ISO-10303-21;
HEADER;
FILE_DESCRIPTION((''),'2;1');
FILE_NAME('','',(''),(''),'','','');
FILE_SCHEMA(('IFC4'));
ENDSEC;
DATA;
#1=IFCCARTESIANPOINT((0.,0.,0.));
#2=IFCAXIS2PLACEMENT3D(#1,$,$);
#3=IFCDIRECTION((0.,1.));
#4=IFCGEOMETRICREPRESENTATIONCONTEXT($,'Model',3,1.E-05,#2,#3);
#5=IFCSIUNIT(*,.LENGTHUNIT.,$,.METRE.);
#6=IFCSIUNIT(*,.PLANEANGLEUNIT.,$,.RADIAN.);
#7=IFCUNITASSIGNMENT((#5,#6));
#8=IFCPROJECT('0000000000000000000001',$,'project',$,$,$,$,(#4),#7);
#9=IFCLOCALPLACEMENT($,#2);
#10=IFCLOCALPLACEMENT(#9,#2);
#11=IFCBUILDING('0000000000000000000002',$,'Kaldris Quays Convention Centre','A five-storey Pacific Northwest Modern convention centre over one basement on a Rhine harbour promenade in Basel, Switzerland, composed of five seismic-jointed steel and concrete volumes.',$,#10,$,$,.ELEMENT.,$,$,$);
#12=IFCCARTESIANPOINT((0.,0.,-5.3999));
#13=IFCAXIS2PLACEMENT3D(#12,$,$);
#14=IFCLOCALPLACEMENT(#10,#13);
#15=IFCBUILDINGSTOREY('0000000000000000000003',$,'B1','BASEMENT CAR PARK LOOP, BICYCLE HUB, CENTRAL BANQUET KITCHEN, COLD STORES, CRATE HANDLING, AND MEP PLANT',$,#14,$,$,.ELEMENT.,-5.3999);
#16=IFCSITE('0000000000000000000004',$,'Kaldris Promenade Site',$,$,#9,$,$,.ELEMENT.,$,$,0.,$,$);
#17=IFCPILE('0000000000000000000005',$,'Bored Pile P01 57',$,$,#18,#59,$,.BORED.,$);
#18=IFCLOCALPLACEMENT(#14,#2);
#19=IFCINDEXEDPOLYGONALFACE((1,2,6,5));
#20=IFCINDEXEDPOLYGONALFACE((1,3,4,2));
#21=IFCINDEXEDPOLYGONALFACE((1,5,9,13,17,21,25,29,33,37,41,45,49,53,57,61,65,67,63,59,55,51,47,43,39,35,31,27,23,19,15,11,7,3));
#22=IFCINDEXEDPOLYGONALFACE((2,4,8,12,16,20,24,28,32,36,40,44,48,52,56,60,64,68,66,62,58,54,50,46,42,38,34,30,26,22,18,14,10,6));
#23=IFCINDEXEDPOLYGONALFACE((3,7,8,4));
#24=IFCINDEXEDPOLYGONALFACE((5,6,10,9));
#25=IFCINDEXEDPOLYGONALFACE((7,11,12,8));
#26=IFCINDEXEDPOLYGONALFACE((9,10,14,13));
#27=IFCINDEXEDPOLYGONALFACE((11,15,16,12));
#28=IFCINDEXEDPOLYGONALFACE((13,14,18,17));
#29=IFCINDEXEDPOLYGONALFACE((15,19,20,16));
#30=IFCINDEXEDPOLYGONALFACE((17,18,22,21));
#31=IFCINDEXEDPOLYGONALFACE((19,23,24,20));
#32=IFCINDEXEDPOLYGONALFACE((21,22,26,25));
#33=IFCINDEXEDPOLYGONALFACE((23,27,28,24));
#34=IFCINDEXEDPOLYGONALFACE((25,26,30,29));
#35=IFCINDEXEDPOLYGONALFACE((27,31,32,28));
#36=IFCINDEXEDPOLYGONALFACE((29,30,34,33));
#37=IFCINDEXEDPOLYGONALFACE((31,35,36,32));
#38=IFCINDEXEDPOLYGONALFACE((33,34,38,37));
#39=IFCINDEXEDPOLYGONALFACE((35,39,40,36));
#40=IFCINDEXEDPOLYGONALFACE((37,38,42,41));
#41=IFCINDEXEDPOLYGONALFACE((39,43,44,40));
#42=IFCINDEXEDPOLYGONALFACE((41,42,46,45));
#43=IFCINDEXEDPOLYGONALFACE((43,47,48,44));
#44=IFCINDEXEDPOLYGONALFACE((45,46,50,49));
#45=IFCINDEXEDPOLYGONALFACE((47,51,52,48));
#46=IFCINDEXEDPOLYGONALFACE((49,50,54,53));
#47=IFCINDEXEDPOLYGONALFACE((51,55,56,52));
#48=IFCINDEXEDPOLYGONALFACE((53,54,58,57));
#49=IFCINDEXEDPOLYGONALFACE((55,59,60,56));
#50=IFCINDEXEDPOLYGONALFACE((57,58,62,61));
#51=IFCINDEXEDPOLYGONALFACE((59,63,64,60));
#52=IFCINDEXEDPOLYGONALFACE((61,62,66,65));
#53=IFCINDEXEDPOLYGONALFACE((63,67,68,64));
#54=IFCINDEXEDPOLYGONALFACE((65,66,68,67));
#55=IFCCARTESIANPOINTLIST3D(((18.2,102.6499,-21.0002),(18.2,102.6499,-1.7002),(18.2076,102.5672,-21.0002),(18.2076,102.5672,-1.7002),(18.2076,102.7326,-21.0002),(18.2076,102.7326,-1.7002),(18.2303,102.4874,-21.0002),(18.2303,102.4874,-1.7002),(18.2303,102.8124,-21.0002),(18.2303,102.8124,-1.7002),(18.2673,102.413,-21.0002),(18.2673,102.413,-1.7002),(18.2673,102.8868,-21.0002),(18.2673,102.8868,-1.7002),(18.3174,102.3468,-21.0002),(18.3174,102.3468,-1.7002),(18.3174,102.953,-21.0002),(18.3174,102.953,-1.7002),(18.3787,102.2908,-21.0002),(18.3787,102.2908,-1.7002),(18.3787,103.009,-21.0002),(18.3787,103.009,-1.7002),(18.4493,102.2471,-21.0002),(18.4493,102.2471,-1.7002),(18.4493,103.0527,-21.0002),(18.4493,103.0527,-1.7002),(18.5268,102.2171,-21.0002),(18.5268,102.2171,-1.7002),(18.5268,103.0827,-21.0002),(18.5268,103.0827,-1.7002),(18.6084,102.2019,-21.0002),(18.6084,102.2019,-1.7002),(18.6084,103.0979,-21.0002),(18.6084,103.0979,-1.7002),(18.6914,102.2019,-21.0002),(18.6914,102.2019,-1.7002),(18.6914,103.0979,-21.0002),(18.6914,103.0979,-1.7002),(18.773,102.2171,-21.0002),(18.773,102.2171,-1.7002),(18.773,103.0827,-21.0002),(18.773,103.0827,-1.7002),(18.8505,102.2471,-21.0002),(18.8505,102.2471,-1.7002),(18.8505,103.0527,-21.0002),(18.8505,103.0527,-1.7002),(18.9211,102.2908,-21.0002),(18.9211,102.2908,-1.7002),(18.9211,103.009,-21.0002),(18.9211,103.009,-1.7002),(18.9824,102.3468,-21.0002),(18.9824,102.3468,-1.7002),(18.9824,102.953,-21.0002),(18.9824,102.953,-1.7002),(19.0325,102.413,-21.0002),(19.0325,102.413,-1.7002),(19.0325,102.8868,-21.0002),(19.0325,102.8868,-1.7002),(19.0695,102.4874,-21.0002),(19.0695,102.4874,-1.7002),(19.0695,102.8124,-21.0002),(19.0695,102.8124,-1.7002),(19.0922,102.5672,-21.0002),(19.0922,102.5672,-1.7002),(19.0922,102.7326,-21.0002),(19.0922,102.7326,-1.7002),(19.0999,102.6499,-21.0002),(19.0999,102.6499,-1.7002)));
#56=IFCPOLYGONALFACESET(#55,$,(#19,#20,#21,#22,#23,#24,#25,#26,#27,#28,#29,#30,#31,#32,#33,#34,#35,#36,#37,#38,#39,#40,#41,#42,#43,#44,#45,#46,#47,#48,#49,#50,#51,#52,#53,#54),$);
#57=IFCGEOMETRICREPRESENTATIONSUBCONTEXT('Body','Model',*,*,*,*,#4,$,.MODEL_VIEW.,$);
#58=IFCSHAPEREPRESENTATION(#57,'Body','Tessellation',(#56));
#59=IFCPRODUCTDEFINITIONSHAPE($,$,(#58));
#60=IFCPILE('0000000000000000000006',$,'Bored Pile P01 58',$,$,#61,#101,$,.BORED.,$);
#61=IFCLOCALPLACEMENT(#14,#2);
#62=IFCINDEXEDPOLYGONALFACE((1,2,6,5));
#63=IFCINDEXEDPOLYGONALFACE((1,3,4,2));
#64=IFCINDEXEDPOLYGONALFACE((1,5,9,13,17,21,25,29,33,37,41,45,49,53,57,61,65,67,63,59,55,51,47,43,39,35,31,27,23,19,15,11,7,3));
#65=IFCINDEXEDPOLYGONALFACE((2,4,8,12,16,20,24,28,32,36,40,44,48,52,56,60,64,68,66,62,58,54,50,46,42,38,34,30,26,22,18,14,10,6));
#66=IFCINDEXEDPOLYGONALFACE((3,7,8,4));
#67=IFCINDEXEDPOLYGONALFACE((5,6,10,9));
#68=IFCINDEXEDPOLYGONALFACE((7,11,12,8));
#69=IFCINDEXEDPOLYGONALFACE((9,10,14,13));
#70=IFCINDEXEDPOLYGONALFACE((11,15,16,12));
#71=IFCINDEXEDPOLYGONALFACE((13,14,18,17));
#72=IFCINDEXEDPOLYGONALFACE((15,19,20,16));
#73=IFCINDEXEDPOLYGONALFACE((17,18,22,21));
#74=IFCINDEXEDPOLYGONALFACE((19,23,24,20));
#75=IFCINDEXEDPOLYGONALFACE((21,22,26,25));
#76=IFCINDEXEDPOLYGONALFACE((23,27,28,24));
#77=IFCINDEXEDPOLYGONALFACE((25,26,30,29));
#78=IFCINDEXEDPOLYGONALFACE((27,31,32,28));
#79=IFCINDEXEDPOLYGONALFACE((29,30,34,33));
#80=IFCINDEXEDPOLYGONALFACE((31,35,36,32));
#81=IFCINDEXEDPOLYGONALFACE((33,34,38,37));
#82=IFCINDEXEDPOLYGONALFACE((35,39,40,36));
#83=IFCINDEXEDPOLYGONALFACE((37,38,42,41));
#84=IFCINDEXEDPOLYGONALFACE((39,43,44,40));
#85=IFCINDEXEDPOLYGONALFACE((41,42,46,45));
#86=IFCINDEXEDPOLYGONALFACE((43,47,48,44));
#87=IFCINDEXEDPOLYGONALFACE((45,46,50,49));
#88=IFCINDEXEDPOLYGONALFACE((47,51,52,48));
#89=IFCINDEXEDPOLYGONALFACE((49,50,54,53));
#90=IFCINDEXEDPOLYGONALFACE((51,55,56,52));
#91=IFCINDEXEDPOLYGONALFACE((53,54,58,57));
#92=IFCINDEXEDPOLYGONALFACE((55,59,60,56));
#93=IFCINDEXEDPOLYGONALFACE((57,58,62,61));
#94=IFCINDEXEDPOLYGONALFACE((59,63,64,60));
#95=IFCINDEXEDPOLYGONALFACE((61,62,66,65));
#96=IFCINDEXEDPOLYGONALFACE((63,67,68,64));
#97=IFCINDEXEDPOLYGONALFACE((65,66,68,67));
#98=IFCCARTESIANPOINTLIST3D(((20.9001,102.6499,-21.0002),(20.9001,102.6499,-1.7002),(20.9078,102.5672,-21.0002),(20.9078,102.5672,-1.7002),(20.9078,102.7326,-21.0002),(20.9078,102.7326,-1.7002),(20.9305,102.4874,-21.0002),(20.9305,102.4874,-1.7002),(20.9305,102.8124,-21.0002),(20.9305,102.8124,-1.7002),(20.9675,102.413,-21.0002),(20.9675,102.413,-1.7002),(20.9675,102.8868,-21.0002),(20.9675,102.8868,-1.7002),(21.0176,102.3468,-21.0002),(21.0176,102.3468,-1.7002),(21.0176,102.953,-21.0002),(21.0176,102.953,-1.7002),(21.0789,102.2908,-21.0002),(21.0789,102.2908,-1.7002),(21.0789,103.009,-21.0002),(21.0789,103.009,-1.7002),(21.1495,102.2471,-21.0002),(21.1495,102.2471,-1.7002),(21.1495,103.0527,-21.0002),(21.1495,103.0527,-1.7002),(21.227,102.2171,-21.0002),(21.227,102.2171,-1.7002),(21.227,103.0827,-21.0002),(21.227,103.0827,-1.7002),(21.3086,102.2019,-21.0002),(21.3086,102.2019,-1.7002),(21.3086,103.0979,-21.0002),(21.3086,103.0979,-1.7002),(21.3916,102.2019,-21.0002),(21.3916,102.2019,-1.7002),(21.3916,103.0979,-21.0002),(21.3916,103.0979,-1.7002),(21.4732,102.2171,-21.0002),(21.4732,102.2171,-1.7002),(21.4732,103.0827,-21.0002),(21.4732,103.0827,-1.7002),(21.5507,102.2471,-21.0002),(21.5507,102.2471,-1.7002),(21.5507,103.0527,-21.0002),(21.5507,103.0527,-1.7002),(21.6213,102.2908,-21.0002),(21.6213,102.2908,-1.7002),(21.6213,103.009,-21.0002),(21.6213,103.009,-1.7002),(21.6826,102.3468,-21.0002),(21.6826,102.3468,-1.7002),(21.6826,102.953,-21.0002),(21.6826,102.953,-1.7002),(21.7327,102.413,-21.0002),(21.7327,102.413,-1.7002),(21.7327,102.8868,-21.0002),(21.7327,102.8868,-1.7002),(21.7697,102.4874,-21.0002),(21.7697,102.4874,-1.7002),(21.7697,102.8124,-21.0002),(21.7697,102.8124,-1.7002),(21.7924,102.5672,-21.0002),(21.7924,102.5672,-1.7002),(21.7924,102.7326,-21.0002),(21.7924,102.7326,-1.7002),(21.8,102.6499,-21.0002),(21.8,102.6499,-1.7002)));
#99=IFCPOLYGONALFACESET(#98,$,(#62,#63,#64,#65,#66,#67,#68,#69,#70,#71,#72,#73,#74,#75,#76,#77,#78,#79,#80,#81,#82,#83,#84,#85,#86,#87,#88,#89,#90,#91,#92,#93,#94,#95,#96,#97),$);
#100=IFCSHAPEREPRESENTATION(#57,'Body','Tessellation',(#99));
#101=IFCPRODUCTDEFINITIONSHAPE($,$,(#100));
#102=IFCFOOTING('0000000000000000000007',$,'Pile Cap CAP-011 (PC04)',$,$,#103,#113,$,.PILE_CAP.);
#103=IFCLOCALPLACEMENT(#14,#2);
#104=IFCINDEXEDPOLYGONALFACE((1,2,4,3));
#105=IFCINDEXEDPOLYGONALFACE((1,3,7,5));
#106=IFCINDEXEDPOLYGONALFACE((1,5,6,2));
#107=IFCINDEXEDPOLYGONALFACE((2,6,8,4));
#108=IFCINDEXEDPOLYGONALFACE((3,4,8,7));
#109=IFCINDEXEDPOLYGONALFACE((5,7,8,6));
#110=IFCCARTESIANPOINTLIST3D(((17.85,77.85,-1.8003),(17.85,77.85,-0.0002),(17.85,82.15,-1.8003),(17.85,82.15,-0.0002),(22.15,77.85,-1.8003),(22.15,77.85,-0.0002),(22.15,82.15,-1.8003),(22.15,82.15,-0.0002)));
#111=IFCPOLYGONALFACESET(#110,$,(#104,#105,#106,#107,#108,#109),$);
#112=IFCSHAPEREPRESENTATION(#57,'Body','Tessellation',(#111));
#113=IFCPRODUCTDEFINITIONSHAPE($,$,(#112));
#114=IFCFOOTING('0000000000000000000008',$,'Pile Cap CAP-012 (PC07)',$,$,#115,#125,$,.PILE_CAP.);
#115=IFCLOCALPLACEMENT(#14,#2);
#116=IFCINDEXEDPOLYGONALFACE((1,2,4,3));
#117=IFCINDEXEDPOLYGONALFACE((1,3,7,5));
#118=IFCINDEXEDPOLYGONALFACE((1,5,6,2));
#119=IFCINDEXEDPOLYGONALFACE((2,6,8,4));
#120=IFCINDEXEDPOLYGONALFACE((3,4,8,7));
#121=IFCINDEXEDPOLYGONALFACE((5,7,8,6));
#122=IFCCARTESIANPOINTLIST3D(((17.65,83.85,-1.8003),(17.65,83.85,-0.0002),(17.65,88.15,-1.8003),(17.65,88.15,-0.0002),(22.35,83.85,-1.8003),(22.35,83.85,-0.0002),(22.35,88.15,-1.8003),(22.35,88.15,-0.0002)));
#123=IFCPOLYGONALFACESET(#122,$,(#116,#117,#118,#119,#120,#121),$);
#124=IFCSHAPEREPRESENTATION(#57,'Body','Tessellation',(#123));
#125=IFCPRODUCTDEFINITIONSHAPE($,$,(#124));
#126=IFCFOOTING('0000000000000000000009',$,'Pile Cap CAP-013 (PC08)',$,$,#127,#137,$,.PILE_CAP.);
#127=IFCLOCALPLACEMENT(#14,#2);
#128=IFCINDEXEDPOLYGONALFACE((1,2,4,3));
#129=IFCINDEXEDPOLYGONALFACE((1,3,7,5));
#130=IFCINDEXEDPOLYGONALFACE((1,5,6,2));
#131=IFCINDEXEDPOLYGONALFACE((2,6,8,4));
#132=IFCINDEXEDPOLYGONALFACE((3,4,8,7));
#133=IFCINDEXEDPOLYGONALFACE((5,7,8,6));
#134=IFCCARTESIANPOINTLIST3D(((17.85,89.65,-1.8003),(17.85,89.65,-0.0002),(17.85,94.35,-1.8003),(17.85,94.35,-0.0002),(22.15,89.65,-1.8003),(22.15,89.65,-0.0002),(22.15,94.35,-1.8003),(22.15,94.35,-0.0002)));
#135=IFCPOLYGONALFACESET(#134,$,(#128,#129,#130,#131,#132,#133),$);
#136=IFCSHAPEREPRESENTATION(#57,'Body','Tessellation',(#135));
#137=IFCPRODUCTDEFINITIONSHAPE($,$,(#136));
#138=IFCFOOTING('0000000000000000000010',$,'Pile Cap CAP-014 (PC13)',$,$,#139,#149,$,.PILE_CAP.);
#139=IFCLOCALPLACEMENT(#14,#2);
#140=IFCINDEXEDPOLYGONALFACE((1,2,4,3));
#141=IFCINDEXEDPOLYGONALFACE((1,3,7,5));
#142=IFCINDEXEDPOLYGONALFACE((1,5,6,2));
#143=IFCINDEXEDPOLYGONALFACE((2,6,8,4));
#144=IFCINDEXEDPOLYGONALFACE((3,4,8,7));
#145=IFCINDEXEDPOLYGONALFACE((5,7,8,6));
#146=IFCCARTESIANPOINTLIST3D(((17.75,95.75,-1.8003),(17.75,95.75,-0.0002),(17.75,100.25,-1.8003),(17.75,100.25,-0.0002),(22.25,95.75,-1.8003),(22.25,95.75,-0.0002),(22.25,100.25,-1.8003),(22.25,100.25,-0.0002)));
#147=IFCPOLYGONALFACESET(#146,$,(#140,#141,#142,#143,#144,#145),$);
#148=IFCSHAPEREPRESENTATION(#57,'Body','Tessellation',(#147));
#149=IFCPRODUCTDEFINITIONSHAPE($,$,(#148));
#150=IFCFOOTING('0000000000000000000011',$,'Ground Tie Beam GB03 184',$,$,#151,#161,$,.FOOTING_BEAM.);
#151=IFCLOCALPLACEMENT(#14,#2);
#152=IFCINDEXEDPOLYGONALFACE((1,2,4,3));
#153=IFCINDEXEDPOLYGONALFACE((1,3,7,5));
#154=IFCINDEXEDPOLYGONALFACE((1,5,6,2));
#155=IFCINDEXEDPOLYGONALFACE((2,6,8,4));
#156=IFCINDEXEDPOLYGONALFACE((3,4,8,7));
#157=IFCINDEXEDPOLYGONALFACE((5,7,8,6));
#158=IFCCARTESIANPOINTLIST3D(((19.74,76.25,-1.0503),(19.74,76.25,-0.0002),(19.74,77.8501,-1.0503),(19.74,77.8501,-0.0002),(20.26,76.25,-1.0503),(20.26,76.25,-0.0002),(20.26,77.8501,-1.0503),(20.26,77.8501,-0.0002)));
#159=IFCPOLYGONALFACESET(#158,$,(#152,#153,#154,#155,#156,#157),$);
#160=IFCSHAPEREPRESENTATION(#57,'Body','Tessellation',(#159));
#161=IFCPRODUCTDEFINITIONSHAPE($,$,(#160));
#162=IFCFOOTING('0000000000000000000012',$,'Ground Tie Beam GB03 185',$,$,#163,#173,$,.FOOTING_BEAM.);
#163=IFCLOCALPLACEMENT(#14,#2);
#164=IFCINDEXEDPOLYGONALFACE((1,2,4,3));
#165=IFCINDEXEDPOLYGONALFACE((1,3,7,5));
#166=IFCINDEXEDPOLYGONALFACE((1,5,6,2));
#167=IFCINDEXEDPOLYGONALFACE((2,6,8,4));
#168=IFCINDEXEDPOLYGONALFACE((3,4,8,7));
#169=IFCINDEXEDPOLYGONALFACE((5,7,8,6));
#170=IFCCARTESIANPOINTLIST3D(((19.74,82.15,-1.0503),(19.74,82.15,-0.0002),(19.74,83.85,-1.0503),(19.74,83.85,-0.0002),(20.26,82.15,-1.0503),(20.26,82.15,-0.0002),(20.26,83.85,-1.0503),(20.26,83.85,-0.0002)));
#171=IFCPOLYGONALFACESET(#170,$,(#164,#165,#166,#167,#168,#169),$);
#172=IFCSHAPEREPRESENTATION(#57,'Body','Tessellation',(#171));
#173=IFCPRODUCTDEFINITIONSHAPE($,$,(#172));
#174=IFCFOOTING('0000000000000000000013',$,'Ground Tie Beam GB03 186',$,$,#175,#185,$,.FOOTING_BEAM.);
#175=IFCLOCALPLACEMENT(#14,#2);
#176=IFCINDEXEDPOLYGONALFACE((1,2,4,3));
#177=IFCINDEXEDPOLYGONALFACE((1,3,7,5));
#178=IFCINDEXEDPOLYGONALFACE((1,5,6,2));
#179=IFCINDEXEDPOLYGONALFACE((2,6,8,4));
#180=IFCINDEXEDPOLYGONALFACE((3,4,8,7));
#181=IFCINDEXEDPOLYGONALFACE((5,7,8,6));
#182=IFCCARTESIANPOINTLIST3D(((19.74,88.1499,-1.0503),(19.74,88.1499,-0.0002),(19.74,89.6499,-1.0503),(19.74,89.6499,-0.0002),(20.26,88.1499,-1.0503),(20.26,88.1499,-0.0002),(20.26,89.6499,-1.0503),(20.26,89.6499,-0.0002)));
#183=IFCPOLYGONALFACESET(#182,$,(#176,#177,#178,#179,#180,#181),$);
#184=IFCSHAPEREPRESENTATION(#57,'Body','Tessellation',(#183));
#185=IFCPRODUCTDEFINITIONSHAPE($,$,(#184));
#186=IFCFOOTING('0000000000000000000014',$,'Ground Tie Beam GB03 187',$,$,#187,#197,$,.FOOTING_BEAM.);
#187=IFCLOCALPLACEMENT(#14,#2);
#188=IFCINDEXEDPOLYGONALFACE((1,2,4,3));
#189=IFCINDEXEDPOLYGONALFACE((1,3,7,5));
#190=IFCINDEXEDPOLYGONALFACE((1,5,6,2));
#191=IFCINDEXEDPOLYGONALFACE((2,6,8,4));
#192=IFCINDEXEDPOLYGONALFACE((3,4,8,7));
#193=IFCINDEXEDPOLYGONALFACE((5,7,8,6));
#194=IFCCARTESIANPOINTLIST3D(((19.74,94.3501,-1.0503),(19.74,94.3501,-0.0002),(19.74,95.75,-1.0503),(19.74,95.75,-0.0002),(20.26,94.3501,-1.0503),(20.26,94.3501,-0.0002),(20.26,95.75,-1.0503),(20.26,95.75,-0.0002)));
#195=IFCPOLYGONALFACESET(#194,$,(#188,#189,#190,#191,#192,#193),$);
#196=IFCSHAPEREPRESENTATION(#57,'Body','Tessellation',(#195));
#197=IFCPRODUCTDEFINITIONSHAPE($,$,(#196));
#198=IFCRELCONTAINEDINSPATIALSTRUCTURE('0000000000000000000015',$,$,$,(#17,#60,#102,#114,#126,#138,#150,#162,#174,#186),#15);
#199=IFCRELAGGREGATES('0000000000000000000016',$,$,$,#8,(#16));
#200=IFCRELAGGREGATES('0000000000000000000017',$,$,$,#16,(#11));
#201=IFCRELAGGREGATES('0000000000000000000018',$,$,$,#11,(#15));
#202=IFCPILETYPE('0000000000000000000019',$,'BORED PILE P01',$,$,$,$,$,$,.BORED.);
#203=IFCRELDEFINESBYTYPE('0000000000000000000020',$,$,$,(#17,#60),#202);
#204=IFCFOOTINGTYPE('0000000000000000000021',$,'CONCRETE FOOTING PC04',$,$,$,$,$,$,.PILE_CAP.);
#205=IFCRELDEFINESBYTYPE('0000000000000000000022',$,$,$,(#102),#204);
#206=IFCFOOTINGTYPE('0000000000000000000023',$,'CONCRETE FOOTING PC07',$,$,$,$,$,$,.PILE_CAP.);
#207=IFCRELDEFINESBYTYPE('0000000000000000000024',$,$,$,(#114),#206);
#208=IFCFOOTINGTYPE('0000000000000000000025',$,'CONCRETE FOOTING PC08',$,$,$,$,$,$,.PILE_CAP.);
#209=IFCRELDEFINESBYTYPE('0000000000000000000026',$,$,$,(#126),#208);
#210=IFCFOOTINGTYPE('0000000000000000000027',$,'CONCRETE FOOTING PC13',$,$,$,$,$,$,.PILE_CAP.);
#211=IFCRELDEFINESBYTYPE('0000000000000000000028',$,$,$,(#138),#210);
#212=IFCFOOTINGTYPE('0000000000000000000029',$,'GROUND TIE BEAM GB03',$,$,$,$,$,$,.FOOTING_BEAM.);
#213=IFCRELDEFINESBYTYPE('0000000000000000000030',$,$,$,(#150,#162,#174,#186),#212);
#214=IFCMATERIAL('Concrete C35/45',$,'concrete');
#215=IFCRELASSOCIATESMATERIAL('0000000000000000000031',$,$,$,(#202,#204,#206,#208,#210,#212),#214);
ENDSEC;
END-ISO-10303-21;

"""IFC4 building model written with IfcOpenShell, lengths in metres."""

from ifc_helpers import new_model, si_unit, direction, frame, origin, origin_2d, place, context, subcontext, project, spatial, rectangle, circle, extrude, material, material_profile, profile_set, type_object, element, save


model = new_model("IFC4")

# Units and contexts
model_context = context("Model", 3, precision=1e-05, world=origin(), true_north=direction((0.0, 1.0)))
body_context = subcontext(model_context, "Body", "Model", "MODEL_VIEW")
ifc_project = project(units=[si_unit("LENGTHUNIT", "METRE"), si_unit("PLANEANGLEUNIT", "RADIAN")], contexts=[model_context])

# Site, building, storey
site_placement = place(None, origin())
site = spatial("IfcSite", under=ifc_project, at=site_placement, Name="Kaldris Promenade Site", CompositionType="ELEMENT", RefElevation=0.0)
building_placement = place(site_placement, origin())
building = spatial("IfcBuilding", under=site, at=building_placement, Name="Kaldris Quays Convention Centre", Description="A five-storey Pacific Northwest Modern convention centre over one basement on a Rhine harbour promenade in Basel, Switzerland, composed of five seismic-jointed steel and concrete volumes.", CompositionType="ELEMENT")
storey_placement = place(building_placement, frame((0.0, 0.0, -5.3999)))
storey = spatial("IfcBuildingStorey", under=building, at=storey_placement, Name="B1", Description="BASEMENT CAR PARK LOOP, BICYCLE HUB, CENTRAL BANQUET KITCHEN, COLD STORES, CRATE HANDLING, AND MEP PLANT", CompositionType="ELEMENT", Elevation=-5.3999)

# Piles
ifc_material_1 = material(Name="Concrete C35/45", Category="concrete")
ifc_material_profile_1 = material_profile(ifc_material_1, circle(Radius=0.45, at=origin_2d()), Name="BORED PILE D900")
ifc_profile_set_1 = profile_set([ifc_material_profile_1], Name="Concrete C35/45")
pile_type = type_object("IfcPileType", Name="BORED PILE P01", PredefinedType="BORED", material=ifc_profile_set_1)
for number, where, z_axis, x_axis, name in (
    (1, (18.6499, 102.6499, -1.7002), (0.0, 0.0, -1.0), (1.0, 0.0, 0.0), "Bored Pile P01 57"),
    (2, (21.3501, 102.6499, -1.7002), (0.0, 0.0, -1.0), (1.0, 0.0, 0.0), "Bored Pile P01 58"),
):
    element("IfcPile", number, at=place(storey_placement, frame(where, z_axis=z_axis, x_axis=x_axis)), inside=storey, type_object=pile_type, Name=name, PredefinedType="BORED", context=body_context, shape_type="SweptSolid", body=[
        extrude(circle(Radius=0.45, at=origin_2d()), origin(), (0.0, 0.0, 1.0), 19.3),
    ])

# Footings
footing_type_1 = type_object("IfcFootingType", Name="CONCRETE FOOTING PC04", PredefinedType="PILE_CAP", material=ifc_material_1)
footing_1_placement = place(storey_placement, frame((20.0, 80.0, -1.8003), z_axis=(0.0, 0.0, 1.0), x_axis=(1.0, 0.0, 0.0)))
element("IfcFooting", 3, at=footing_1_placement, inside=storey, type_object=footing_type_1, Name="Pile Cap CAP-011 (PC04)", PredefinedType="PILE_CAP", context=body_context, shape_type="SweptSolid", body=[
    extrude(rectangle(XDim=4.3, YDim=4.3, at=origin_2d()), origin(), (0.0, 0.0, 1.0), 1.8),
])
footing_type_2 = type_object("IfcFootingType", Name="CONCRETE FOOTING PC07", PredefinedType="PILE_CAP", material=ifc_material_1)
footing_2_placement = place(storey_placement, frame((20.0, 86.0, -1.8003), z_axis=(0.0, 0.0, 1.0), x_axis=(1.0, 0.0, 0.0)))
element("IfcFooting", 4, at=footing_2_placement, inside=storey, type_object=footing_type_2, Name="Pile Cap CAP-012 (PC07)", PredefinedType="PILE_CAP", context=body_context, shape_type="SweptSolid", body=[
    extrude(rectangle(XDim=4.7, YDim=4.3, at=origin_2d()), origin(), (0.0, 0.0, 1.0), 1.8),
])
footing_type_3 = type_object("IfcFootingType", Name="CONCRETE FOOTING PC08", PredefinedType="PILE_CAP", material=ifc_material_1)
footing_3_placement = place(storey_placement, frame((20.0, 92.0, -1.8003), z_axis=(0.0, 0.0, 1.0), x_axis=(1.0, 0.0, 0.0)))
element("IfcFooting", 5, at=footing_3_placement, inside=storey, type_object=footing_type_3, Name="Pile Cap CAP-013 (PC08)", PredefinedType="PILE_CAP", context=body_context, shape_type="SweptSolid", body=[
    extrude(rectangle(XDim=4.3, YDim=4.7, at=origin_2d()), origin(), (0.0, 0.0, 1.0), 1.8),
])
footing_type_4 = type_object("IfcFootingType", Name="CONCRETE FOOTING PC13", PredefinedType="PILE_CAP", material=ifc_material_1)
footing_4_placement = place(storey_placement, frame((20.0, 98.0, -1.8003), z_axis=(0.0, 0.0, 1.0), x_axis=(1.0, 0.0, 0.0)))
element("IfcFooting", 6, at=footing_4_placement, inside=storey, type_object=footing_type_4, Name="Pile Cap CAP-014 (PC13)", PredefinedType="PILE_CAP", context=body_context, shape_type="SweptSolid", body=[
    extrude(rectangle(XDim=4.5, YDim=4.5, at=origin_2d()), origin(), (0.0, 0.0, 1.0), 1.8),
])
footing_type_5 = type_object("IfcFootingType", Name="GROUND TIE BEAM GB03", PredefinedType="FOOTING_BEAM", material=ifc_material_1)
footing_5_placement = place(storey_placement, frame((20.0, 77.05, -1.0503), z_axis=(0.0, 0.0, 1.0), x_axis=(1.0, 0.0, 0.0)))
element("IfcFooting", 7, at=footing_5_placement, inside=storey, type_object=footing_type_5, Name="Ground Tie Beam GB03 184", PredefinedType="FOOTING_BEAM", context=body_context, shape_type="SweptSolid", body=[
    extrude(rectangle(XDim=0.52, YDim=1.6001, at=origin_2d()), origin(), (0.0, 0.0, 1.0), 1.05),
])
footing_6_placement = place(storey_placement, frame((20.0, 83.0, -1.0503), z_axis=(0.0, 0.0, 1.0), x_axis=(1.0, 0.0, 0.0)))
element("IfcFooting", 8, at=footing_6_placement, inside=storey, type_object=footing_type_5, Name="Ground Tie Beam GB03 185", PredefinedType="FOOTING_BEAM", context=body_context, shape_type="SweptSolid", body=[
    extrude(rectangle(XDim=0.52, YDim=1.7, at=origin_2d()), origin(), (0.0, 0.0, 1.0), 1.05),
])
footing_7_placement = place(storey_placement, frame((20.0, 88.8999, -1.0503), z_axis=(0.0, 0.0, 1.0), x_axis=(1.0, 0.0, 0.0)))
element("IfcFooting", 9, at=footing_7_placement, inside=storey, type_object=footing_type_5, Name="Ground Tie Beam GB03 186", PredefinedType="FOOTING_BEAM", context=body_context, shape_type="SweptSolid", body=[
    extrude(rectangle(XDim=0.52, YDim=1.5, at=origin_2d()), origin(), (0.0, 0.0, 1.0), 1.05),
])
footing_8_placement = place(storey_placement, frame((20.0, 95.05, -1.0503), z_axis=(0.0, 0.0, 1.0), x_axis=(1.0, 0.0, 0.0)))
element("IfcFooting", 10, at=footing_8_placement, inside=storey, type_object=footing_type_5, Name="Ground Tie Beam GB03 187", PredefinedType="FOOTING_BEAM", context=body_context, shape_type="SweptSolid", body=[
    extrude(rectangle(XDim=0.52, YDim=1.3999, at=origin_2d()), origin(), (0.0, 0.0, 1.0), 1.05),
])

save(model, "model.ifc")
